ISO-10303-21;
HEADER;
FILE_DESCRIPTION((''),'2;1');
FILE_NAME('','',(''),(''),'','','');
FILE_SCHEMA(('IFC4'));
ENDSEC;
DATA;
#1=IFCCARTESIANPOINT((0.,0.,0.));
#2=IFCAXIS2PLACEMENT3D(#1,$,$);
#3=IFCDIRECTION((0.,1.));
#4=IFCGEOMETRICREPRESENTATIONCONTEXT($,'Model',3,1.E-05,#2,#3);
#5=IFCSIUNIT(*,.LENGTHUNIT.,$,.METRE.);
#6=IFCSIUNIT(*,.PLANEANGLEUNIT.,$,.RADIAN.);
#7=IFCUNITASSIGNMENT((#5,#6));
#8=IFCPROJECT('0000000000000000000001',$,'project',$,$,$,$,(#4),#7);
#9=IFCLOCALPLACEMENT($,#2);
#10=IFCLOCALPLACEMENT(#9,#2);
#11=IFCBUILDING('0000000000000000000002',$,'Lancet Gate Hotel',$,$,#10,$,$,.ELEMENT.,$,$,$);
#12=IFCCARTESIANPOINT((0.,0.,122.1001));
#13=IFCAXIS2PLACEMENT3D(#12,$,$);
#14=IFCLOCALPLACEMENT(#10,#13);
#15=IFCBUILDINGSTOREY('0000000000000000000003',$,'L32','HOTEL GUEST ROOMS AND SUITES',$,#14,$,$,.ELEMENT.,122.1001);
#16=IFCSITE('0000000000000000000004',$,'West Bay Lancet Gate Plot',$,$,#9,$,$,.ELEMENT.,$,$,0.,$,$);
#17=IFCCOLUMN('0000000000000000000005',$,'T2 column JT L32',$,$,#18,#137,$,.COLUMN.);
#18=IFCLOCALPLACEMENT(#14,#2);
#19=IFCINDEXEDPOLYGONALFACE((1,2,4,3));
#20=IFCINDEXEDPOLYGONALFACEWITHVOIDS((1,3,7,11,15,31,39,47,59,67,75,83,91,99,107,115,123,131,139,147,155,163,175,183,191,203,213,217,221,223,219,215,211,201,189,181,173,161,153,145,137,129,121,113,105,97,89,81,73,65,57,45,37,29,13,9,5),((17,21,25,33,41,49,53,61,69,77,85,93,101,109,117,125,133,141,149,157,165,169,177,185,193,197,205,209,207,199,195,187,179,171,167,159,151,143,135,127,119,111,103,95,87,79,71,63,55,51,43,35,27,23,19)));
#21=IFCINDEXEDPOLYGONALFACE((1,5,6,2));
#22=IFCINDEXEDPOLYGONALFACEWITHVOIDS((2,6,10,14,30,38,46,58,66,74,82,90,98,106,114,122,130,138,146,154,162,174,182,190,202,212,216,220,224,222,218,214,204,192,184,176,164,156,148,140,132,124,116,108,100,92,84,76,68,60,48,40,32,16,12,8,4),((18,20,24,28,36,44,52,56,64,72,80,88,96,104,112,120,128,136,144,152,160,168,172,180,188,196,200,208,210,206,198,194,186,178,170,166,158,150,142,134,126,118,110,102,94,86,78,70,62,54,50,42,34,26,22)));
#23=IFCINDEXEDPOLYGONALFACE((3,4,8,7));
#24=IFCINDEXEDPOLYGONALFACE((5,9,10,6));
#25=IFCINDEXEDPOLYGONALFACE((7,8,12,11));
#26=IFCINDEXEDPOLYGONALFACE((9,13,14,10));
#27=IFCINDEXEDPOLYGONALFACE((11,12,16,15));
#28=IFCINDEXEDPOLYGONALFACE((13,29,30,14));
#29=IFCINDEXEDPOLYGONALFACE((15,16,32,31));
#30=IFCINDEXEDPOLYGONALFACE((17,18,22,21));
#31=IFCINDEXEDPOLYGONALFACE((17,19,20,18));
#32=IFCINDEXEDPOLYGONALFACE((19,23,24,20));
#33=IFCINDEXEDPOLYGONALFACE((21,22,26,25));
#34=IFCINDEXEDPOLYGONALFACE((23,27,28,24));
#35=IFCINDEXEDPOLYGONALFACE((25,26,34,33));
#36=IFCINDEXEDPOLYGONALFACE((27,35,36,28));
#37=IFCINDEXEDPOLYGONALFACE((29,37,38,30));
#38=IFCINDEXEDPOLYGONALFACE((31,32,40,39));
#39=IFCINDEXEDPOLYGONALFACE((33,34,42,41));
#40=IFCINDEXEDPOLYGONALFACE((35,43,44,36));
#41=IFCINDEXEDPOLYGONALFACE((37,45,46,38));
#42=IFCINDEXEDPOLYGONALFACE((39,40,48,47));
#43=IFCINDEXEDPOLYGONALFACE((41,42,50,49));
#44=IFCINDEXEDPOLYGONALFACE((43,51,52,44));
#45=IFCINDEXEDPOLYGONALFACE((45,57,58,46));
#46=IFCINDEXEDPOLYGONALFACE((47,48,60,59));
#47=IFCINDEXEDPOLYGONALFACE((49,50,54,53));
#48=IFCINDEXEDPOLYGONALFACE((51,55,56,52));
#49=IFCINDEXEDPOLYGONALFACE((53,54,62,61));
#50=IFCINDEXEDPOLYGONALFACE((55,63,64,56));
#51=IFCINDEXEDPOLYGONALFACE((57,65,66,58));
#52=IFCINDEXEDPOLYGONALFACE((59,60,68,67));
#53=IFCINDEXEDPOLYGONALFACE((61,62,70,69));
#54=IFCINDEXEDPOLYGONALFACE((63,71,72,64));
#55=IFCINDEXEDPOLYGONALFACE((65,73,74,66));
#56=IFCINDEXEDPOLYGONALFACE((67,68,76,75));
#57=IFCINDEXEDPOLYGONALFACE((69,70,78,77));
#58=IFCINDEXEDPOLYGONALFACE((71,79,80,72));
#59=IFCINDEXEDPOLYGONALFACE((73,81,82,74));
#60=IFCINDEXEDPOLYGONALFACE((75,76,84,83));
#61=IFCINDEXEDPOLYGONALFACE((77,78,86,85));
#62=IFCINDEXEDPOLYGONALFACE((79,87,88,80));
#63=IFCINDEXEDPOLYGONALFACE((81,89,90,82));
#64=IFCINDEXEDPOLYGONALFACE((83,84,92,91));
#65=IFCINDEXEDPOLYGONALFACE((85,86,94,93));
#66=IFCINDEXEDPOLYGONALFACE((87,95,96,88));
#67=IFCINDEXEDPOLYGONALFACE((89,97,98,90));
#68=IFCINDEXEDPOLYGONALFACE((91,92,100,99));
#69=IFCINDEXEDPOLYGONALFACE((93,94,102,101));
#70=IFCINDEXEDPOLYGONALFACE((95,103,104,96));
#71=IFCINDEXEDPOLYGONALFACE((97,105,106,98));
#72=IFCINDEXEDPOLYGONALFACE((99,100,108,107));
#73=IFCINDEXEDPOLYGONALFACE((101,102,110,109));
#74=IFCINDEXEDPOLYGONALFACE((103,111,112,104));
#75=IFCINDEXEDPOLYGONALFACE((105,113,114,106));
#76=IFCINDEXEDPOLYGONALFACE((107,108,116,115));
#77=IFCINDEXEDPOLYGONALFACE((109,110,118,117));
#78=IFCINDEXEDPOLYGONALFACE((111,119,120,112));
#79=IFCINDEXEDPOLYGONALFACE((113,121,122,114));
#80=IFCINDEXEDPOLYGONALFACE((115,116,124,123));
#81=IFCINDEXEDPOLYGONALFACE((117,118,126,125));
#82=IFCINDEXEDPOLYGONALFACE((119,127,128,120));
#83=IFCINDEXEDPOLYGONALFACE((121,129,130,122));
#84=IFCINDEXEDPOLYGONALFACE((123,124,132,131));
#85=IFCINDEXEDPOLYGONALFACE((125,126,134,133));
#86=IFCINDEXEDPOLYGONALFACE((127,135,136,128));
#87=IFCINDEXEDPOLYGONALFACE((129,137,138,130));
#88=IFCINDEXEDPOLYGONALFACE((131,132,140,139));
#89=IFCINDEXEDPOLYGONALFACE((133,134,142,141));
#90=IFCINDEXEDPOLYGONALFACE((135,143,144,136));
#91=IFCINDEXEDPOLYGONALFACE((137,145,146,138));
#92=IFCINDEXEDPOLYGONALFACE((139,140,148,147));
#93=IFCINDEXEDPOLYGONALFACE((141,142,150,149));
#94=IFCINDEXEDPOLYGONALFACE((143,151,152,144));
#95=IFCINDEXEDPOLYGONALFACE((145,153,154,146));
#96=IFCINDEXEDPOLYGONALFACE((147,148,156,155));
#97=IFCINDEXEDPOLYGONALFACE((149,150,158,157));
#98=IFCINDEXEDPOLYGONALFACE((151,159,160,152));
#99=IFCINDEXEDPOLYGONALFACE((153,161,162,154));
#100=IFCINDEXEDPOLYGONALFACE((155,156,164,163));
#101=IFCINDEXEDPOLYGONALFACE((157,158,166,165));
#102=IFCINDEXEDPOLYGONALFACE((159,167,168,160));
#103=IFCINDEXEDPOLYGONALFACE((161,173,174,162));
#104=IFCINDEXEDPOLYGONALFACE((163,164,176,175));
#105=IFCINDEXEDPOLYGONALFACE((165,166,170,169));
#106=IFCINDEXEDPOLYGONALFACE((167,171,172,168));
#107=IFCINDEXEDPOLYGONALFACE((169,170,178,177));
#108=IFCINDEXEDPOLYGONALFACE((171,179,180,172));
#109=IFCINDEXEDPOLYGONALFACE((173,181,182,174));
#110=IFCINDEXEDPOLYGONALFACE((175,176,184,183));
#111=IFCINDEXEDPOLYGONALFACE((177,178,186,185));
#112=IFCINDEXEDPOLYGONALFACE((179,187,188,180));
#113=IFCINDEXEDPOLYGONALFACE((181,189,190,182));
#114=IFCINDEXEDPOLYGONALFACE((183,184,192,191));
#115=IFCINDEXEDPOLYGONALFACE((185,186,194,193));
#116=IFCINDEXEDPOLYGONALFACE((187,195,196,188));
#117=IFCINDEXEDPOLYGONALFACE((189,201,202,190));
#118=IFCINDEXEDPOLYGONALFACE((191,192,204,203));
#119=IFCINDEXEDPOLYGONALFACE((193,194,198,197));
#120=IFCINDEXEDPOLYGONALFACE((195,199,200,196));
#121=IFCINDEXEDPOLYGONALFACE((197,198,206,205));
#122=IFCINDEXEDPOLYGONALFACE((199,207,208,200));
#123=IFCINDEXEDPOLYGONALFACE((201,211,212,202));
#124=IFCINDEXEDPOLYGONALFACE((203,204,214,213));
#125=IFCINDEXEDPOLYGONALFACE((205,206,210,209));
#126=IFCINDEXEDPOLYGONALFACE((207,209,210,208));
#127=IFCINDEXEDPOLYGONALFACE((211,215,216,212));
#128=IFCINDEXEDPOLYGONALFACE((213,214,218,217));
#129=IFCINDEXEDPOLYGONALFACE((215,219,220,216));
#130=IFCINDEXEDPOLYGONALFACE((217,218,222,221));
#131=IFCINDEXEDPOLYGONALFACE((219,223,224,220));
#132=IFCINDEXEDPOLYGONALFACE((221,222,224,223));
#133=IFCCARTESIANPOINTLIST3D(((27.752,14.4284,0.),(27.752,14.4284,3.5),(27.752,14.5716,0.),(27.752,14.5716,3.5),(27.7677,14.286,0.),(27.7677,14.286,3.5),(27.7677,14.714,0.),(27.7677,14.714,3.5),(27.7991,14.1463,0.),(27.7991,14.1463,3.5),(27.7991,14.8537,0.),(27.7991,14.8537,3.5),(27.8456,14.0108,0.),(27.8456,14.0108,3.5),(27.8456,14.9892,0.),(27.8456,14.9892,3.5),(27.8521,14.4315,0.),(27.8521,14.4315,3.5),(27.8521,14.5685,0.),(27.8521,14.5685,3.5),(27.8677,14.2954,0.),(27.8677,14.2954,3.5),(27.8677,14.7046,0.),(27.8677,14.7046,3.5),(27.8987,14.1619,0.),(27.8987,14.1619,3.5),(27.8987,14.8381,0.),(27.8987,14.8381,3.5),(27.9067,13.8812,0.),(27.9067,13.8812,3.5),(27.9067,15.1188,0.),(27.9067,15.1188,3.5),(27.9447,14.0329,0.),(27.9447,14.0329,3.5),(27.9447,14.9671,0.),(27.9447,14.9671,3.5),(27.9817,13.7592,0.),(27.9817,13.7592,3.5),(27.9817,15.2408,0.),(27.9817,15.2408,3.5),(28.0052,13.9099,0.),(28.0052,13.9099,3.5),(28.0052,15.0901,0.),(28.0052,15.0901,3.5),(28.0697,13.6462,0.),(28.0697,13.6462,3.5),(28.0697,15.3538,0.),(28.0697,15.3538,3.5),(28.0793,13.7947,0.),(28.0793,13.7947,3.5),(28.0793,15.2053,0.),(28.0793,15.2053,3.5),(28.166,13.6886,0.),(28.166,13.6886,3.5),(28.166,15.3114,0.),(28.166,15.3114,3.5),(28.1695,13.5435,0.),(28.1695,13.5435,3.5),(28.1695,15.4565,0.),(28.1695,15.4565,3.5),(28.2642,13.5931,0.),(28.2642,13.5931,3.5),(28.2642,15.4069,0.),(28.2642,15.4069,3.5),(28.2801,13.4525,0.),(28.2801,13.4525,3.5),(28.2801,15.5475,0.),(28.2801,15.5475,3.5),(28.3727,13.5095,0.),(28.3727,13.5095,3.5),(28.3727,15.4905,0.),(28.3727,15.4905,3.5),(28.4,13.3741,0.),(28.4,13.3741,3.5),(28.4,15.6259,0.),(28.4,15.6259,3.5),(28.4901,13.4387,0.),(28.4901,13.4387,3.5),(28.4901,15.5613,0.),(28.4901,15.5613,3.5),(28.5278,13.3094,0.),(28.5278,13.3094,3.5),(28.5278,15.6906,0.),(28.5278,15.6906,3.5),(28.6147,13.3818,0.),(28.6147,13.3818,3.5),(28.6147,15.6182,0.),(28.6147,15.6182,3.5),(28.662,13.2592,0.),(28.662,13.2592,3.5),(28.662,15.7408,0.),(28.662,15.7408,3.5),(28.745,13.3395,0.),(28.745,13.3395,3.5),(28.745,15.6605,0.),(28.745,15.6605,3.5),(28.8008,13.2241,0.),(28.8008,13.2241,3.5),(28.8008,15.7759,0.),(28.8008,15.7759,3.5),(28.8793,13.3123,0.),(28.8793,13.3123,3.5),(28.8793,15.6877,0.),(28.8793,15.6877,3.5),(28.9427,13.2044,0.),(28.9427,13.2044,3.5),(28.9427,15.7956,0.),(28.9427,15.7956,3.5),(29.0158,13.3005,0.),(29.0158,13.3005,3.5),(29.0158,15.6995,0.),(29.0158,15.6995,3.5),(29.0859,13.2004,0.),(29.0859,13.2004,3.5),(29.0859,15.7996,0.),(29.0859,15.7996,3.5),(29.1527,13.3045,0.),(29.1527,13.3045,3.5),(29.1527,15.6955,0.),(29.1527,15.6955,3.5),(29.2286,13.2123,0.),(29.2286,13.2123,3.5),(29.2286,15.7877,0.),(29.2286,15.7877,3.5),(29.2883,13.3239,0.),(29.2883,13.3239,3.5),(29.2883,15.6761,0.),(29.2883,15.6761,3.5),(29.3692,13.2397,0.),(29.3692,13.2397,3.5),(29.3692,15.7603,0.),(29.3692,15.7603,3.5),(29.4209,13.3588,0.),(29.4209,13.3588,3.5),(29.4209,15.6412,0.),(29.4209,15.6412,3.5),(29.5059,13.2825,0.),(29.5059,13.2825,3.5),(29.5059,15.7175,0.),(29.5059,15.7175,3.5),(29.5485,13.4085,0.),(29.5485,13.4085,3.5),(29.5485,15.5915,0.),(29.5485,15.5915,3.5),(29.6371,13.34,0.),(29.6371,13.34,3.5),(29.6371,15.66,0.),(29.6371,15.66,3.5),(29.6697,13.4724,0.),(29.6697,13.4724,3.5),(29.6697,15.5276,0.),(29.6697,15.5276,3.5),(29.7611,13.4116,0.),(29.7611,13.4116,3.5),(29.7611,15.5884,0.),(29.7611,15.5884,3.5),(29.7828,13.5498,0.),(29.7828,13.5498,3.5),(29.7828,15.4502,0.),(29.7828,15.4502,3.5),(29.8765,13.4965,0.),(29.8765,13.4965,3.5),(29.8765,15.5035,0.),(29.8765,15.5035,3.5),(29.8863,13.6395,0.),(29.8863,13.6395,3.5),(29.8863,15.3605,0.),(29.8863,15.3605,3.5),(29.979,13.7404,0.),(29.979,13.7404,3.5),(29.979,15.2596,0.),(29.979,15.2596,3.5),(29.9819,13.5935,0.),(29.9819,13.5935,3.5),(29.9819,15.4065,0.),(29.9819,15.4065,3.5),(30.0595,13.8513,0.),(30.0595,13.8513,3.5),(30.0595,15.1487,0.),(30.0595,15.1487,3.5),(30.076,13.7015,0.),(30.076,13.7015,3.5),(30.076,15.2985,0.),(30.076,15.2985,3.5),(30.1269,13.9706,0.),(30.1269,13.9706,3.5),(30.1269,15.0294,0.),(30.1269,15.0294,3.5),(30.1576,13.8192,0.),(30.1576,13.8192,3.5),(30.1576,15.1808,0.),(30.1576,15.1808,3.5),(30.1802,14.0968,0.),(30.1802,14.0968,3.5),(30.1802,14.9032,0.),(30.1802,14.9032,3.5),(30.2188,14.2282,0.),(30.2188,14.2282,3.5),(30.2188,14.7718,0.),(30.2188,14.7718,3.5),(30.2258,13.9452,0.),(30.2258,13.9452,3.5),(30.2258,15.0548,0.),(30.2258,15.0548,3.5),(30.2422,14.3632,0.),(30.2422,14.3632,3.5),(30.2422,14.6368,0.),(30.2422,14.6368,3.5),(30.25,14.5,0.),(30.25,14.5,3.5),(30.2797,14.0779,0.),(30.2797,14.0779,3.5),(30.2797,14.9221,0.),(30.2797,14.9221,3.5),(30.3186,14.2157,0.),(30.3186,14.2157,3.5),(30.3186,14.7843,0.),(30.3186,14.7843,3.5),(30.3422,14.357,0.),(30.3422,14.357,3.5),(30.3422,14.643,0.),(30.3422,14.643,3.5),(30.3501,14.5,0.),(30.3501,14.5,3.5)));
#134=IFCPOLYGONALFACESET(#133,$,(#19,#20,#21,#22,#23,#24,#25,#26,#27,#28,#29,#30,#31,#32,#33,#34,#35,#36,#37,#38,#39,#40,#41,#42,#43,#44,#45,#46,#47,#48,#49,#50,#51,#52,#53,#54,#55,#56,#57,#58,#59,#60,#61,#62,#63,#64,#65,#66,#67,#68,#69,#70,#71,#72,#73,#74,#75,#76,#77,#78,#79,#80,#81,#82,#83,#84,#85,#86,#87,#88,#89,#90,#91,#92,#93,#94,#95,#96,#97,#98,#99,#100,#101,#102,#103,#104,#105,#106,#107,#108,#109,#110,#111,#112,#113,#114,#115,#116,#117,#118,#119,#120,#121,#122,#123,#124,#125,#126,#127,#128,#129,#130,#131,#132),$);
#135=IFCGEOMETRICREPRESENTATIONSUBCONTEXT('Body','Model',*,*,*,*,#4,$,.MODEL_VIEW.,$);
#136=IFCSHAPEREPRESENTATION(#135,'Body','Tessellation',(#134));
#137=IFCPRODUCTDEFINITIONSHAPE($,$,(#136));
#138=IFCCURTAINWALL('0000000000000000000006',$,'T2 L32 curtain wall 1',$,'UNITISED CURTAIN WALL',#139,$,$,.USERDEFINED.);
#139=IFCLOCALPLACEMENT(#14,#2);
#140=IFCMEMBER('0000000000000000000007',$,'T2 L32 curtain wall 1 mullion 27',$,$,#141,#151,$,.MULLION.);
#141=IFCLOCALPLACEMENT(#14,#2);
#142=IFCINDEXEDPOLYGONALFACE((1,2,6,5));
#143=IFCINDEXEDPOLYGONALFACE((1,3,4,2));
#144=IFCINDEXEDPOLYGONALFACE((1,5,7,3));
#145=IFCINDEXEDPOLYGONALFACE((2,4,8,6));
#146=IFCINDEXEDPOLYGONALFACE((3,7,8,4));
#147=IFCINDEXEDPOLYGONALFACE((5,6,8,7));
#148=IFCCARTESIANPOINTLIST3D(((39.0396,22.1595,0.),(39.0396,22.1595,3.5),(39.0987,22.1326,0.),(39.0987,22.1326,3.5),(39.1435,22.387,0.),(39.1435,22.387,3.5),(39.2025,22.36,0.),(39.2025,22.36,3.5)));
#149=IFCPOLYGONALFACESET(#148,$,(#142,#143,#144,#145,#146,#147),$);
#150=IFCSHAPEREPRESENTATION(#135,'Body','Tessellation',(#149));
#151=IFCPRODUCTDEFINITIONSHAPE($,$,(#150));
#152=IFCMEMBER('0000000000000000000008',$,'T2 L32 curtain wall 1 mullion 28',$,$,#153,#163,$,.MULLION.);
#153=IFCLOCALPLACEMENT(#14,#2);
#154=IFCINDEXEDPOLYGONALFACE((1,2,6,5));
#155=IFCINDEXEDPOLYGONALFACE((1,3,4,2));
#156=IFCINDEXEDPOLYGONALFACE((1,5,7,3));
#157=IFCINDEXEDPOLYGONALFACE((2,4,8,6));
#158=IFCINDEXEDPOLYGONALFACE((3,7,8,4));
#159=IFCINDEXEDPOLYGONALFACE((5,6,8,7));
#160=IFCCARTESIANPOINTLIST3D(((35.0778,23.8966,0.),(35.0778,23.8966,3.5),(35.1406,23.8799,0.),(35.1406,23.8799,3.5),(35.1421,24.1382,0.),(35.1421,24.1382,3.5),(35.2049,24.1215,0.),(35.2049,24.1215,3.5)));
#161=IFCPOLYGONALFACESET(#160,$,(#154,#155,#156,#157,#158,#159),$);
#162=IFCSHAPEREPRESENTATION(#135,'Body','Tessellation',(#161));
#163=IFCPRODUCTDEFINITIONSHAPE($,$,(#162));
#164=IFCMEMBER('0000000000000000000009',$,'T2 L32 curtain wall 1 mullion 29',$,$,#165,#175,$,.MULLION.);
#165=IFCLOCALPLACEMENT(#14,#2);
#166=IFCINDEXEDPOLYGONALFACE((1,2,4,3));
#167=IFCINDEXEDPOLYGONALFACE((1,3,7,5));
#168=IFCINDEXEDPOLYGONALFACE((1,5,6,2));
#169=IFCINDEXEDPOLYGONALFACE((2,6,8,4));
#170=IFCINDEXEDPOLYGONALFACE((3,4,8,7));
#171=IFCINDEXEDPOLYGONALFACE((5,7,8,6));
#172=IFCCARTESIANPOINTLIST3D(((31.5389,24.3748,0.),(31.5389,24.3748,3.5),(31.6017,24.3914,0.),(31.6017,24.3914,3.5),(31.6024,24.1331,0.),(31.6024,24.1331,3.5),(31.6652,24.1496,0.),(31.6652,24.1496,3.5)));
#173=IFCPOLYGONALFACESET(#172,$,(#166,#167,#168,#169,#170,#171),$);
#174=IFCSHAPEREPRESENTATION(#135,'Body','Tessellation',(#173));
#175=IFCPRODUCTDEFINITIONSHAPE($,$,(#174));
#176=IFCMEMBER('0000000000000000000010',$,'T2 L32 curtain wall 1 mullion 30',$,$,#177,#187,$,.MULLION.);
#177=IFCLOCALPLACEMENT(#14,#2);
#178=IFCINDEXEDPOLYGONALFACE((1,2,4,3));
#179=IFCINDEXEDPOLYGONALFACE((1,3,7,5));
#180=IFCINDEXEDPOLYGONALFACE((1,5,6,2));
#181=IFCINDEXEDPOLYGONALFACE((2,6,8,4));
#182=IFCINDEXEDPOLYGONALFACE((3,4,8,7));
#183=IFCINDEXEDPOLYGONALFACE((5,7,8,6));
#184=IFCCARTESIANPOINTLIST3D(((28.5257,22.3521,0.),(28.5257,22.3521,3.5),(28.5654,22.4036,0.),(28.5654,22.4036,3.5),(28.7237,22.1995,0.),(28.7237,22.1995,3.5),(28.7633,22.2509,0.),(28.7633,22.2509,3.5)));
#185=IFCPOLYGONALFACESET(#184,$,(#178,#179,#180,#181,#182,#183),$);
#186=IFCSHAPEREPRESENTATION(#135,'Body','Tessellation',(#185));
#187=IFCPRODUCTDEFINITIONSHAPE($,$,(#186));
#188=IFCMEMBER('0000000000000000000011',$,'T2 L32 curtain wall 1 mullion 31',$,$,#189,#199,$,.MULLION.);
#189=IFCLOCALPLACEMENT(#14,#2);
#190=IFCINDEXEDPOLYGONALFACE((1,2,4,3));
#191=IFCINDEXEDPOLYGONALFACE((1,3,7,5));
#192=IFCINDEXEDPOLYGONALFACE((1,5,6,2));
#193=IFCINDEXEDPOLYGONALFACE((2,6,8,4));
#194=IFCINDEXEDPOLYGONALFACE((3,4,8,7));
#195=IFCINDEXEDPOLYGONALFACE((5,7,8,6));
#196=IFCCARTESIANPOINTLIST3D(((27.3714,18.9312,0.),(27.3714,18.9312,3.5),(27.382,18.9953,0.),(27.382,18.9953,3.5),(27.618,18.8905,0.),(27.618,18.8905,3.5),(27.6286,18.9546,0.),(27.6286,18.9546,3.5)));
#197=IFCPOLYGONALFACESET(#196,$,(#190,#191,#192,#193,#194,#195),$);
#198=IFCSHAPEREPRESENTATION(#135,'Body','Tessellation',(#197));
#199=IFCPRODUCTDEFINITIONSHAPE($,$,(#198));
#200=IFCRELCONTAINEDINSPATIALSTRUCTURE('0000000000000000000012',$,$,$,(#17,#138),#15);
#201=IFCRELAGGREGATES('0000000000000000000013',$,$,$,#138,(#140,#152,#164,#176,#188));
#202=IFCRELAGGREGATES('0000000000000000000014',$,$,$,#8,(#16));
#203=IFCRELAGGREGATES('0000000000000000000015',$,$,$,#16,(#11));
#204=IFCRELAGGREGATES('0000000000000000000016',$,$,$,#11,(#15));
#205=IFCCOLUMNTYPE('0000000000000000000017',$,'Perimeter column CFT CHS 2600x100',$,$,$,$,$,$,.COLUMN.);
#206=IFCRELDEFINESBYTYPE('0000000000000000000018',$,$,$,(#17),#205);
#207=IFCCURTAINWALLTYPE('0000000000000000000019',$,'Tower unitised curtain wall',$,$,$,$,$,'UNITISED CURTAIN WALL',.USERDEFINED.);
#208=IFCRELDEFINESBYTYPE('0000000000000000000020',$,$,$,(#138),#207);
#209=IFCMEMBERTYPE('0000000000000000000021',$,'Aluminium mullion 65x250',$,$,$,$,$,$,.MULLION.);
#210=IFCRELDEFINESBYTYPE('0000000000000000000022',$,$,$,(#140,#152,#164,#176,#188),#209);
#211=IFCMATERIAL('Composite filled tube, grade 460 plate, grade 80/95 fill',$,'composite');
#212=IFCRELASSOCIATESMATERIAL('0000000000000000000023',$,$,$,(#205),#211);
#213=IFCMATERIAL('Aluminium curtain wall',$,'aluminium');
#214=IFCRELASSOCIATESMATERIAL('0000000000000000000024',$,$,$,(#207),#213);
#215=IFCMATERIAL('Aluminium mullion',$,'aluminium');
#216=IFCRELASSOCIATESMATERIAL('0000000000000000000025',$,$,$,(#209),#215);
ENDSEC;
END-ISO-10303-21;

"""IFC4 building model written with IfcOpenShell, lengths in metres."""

from ifc_helpers import new_model, si_unit, direction, frame, origin, origin_2d, place, context, subcontext, project, spatial, rectangle, hollow_circle, extrude, material, material_profile, profile_set, type_object, element, aggregate, save


model = new_model("IFC4")

# Units and contexts
model_context = context("Model", 3, precision=1e-05, world=origin(), true_north=direction((0.0, 1.0)))
body_context = subcontext(model_context, "Body", "Model", "MODEL_VIEW")
ifc_project = project(units=[si_unit("LENGTHUNIT", "METRE"), si_unit("PLANEANGLEUNIT", "RADIAN")], contexts=[model_context])

# Site, building, storey
site_placement = place(None, origin())
site = spatial("IfcSite", under=ifc_project, at=site_placement, Name="West Bay Lancet Gate Plot", CompositionType="ELEMENT", RefElevation=0.0)
building_placement = place(site_placement, origin())
building = spatial("IfcBuilding", under=site, at=building_placement, Name="Lancet Gate Hotel", CompositionType="ELEMENT")
storey_placement = place(building_placement, frame((0.0, 0.0, 122.1001)))
storey = spatial("IfcBuildingStorey", under=building, at=storey_placement, Name="L32", Description="HOTEL GUEST ROOMS AND SUITES", CompositionType="ELEMENT", Elevation=122.1001)

# Column
ifc_material_1 = material(Name="Composite filled tube, grade 460 plate, grade 80/95 fill", Category="composite")
ifc_material_profile_1 = material_profile(ifc_material_1, hollow_circle(Radius=1.3, WallThickness=0.1001, at=origin_2d()), Name="CHS 2600x100")
ifc_profile_set_1 = profile_set([ifc_material_profile_1], Name="Composite filled tube, grade 460 plate, grade 80/95 fill")
column_type = type_object("IfcColumnType", Name="Perimeter column CFT CHS 2600x100", PredefinedType="COLUMN", material=ifc_profile_set_1)
for number, where, z_axis, x_axis, name in (
    (1, (29.05, 14.5, 0.0), (0.0, 0.0, 1.0), (1.0, 0.0, 0.0), "T2 column JT L32"),
):
    element("IfcColumn", number, at=place(storey_placement, frame(where, z_axis=z_axis, x_axis=x_axis)), inside=storey, type_object=column_type, Name=name, PredefinedType="COLUMN", context=body_context, shape_type="SweptSolid", body=[
        extrude(hollow_circle(Radius=1.3, WallThickness=0.1001, at=origin_2d()), origin(), (0.0, 0.0, 1.0), 3.5),
    ])

# Curtain wall, members
ifc_material_2 = material(Name="Aluminium curtain wall", Category="aluminium")
curtain_wall_type = type_object("IfcCurtainWallType", Name="Tower unitised curtain wall", ElementType="UNITISED CURTAIN WALL", PredefinedType="USERDEFINED", material=ifc_material_2)
curtain_wall_placement = place(storey_placement, origin())
curtain_wall = element("IfcCurtainWall", 2, at=curtain_wall_placement, inside=storey, type_object=curtain_wall_type, Name="T2 L32 curtain wall 1", ObjectType="UNITISED CURTAIN WALL", PredefinedType="USERDEFINED")
ifc_material_3 = material(Name="Aluminium mullion", Category="aluminium")
ifc_material_profile_2 = material_profile(ifc_material_3, rectangle(XDim=0.0649, YDim=0.25, at=origin_2d()), Name="MULLION 65x250")
ifc_profile_set_2 = profile_set([ifc_material_profile_2], Name="Aluminium mullion")
member_type_1 = type_object("IfcMemberType", Name="Aluminium mullion 65x250", PredefinedType="MULLION", material=ifc_profile_set_2)
member_1_placement = place(storey_placement, frame((39.1211, 22.2598, 0.0), z_axis=(0.0, 0.0, 1.0), x_axis=(-0.909673, 0.415326, 0.0)))
member_1 = element("IfcMember", 3, at=member_1_placement, type_object=member_type_1, Name="T2 L32 curtain wall 1 mullion 27", PredefinedType="MULLION", context=body_context, shape_type="SweptSolid", body=[
    extrude(rectangle(XDim=0.0649, YDim=0.25, at=origin_2d()), origin(), (0.0, 0.0, 1.0), 3.5),
])
member_2_placement = place(storey_placement, frame((35.1414, 24.009, 0.0), z_axis=(0.0, 0.0, 1.0), x_axis=(-0.966317, 0.257353, 0.0)))
member_2 = element("IfcMember", 4, at=member_2_placement, type_object=member_type_1, Name="T2 L32 curtain wall 1 mullion 28", PredefinedType="MULLION", context=body_context, shape_type="SweptSolid", body=[
    extrude(rectangle(XDim=0.0649, YDim=0.25, at=origin_2d()), origin(), (0.0, 0.0, 1.0), 3.5),
])
member_3_placement = place(storey_placement, frame((31.6021, 24.2622, 0.0), z_axis=(0.0, 0.0, 1.0), x_axis=(-0.967157, -0.254179, 0.0)))
member_3 = element("IfcMember", 5, at=member_3_placement, type_object=member_type_1, Name="T2 L32 curtain wall 1 mullion 29", PredefinedType="MULLION", context=body_context, shape_type="SweptSolid", body=[
    extrude(rectangle(XDim=0.0649, YDim=0.25, at=origin_2d()), origin(), (0.0, 0.0, 1.0), 3.5),
])
member_4_placement = place(storey_placement, frame((28.6445, 22.3015, 0.0), z_axis=(0.0, 0.0, 1.0), x_axis=(-0.610664, -0.79189, 0.0)))
member_4 = element("IfcMember", 6, at=member_4_placement, type_object=member_type_1, Name="T2 L32 curtain wall 1 mullion 30", PredefinedType="MULLION", context=body_context, shape_type="SweptSolid", body=[
    extrude(rectangle(XDim=0.0649, YDim=0.25, at=origin_2d()), origin(), (0.0, 0.0, 1.0), 3.5),
])
member_5_placement = place(storey_placement, frame((27.5, 18.9429, 0.0), z_axis=(0.0, 0.0, 1.0), x_axis=(-0.162739, -0.986669, 0.0)))
member_5 = element("IfcMember", 7, at=member_5_placement, type_object=member_type_1, Name="T2 L32 curtain wall 1 mullion 31", PredefinedType="MULLION", context=body_context, shape_type="SweptSolid", body=[
    extrude(rectangle(XDim=0.0649, YDim=0.25, at=origin_2d()), origin(), (0.0, 0.0, 1.0), 3.5),
])

aggregate(curtain_wall, [member_1, member_2, member_3, member_4, member_5])

save(model, "model.ifc")
